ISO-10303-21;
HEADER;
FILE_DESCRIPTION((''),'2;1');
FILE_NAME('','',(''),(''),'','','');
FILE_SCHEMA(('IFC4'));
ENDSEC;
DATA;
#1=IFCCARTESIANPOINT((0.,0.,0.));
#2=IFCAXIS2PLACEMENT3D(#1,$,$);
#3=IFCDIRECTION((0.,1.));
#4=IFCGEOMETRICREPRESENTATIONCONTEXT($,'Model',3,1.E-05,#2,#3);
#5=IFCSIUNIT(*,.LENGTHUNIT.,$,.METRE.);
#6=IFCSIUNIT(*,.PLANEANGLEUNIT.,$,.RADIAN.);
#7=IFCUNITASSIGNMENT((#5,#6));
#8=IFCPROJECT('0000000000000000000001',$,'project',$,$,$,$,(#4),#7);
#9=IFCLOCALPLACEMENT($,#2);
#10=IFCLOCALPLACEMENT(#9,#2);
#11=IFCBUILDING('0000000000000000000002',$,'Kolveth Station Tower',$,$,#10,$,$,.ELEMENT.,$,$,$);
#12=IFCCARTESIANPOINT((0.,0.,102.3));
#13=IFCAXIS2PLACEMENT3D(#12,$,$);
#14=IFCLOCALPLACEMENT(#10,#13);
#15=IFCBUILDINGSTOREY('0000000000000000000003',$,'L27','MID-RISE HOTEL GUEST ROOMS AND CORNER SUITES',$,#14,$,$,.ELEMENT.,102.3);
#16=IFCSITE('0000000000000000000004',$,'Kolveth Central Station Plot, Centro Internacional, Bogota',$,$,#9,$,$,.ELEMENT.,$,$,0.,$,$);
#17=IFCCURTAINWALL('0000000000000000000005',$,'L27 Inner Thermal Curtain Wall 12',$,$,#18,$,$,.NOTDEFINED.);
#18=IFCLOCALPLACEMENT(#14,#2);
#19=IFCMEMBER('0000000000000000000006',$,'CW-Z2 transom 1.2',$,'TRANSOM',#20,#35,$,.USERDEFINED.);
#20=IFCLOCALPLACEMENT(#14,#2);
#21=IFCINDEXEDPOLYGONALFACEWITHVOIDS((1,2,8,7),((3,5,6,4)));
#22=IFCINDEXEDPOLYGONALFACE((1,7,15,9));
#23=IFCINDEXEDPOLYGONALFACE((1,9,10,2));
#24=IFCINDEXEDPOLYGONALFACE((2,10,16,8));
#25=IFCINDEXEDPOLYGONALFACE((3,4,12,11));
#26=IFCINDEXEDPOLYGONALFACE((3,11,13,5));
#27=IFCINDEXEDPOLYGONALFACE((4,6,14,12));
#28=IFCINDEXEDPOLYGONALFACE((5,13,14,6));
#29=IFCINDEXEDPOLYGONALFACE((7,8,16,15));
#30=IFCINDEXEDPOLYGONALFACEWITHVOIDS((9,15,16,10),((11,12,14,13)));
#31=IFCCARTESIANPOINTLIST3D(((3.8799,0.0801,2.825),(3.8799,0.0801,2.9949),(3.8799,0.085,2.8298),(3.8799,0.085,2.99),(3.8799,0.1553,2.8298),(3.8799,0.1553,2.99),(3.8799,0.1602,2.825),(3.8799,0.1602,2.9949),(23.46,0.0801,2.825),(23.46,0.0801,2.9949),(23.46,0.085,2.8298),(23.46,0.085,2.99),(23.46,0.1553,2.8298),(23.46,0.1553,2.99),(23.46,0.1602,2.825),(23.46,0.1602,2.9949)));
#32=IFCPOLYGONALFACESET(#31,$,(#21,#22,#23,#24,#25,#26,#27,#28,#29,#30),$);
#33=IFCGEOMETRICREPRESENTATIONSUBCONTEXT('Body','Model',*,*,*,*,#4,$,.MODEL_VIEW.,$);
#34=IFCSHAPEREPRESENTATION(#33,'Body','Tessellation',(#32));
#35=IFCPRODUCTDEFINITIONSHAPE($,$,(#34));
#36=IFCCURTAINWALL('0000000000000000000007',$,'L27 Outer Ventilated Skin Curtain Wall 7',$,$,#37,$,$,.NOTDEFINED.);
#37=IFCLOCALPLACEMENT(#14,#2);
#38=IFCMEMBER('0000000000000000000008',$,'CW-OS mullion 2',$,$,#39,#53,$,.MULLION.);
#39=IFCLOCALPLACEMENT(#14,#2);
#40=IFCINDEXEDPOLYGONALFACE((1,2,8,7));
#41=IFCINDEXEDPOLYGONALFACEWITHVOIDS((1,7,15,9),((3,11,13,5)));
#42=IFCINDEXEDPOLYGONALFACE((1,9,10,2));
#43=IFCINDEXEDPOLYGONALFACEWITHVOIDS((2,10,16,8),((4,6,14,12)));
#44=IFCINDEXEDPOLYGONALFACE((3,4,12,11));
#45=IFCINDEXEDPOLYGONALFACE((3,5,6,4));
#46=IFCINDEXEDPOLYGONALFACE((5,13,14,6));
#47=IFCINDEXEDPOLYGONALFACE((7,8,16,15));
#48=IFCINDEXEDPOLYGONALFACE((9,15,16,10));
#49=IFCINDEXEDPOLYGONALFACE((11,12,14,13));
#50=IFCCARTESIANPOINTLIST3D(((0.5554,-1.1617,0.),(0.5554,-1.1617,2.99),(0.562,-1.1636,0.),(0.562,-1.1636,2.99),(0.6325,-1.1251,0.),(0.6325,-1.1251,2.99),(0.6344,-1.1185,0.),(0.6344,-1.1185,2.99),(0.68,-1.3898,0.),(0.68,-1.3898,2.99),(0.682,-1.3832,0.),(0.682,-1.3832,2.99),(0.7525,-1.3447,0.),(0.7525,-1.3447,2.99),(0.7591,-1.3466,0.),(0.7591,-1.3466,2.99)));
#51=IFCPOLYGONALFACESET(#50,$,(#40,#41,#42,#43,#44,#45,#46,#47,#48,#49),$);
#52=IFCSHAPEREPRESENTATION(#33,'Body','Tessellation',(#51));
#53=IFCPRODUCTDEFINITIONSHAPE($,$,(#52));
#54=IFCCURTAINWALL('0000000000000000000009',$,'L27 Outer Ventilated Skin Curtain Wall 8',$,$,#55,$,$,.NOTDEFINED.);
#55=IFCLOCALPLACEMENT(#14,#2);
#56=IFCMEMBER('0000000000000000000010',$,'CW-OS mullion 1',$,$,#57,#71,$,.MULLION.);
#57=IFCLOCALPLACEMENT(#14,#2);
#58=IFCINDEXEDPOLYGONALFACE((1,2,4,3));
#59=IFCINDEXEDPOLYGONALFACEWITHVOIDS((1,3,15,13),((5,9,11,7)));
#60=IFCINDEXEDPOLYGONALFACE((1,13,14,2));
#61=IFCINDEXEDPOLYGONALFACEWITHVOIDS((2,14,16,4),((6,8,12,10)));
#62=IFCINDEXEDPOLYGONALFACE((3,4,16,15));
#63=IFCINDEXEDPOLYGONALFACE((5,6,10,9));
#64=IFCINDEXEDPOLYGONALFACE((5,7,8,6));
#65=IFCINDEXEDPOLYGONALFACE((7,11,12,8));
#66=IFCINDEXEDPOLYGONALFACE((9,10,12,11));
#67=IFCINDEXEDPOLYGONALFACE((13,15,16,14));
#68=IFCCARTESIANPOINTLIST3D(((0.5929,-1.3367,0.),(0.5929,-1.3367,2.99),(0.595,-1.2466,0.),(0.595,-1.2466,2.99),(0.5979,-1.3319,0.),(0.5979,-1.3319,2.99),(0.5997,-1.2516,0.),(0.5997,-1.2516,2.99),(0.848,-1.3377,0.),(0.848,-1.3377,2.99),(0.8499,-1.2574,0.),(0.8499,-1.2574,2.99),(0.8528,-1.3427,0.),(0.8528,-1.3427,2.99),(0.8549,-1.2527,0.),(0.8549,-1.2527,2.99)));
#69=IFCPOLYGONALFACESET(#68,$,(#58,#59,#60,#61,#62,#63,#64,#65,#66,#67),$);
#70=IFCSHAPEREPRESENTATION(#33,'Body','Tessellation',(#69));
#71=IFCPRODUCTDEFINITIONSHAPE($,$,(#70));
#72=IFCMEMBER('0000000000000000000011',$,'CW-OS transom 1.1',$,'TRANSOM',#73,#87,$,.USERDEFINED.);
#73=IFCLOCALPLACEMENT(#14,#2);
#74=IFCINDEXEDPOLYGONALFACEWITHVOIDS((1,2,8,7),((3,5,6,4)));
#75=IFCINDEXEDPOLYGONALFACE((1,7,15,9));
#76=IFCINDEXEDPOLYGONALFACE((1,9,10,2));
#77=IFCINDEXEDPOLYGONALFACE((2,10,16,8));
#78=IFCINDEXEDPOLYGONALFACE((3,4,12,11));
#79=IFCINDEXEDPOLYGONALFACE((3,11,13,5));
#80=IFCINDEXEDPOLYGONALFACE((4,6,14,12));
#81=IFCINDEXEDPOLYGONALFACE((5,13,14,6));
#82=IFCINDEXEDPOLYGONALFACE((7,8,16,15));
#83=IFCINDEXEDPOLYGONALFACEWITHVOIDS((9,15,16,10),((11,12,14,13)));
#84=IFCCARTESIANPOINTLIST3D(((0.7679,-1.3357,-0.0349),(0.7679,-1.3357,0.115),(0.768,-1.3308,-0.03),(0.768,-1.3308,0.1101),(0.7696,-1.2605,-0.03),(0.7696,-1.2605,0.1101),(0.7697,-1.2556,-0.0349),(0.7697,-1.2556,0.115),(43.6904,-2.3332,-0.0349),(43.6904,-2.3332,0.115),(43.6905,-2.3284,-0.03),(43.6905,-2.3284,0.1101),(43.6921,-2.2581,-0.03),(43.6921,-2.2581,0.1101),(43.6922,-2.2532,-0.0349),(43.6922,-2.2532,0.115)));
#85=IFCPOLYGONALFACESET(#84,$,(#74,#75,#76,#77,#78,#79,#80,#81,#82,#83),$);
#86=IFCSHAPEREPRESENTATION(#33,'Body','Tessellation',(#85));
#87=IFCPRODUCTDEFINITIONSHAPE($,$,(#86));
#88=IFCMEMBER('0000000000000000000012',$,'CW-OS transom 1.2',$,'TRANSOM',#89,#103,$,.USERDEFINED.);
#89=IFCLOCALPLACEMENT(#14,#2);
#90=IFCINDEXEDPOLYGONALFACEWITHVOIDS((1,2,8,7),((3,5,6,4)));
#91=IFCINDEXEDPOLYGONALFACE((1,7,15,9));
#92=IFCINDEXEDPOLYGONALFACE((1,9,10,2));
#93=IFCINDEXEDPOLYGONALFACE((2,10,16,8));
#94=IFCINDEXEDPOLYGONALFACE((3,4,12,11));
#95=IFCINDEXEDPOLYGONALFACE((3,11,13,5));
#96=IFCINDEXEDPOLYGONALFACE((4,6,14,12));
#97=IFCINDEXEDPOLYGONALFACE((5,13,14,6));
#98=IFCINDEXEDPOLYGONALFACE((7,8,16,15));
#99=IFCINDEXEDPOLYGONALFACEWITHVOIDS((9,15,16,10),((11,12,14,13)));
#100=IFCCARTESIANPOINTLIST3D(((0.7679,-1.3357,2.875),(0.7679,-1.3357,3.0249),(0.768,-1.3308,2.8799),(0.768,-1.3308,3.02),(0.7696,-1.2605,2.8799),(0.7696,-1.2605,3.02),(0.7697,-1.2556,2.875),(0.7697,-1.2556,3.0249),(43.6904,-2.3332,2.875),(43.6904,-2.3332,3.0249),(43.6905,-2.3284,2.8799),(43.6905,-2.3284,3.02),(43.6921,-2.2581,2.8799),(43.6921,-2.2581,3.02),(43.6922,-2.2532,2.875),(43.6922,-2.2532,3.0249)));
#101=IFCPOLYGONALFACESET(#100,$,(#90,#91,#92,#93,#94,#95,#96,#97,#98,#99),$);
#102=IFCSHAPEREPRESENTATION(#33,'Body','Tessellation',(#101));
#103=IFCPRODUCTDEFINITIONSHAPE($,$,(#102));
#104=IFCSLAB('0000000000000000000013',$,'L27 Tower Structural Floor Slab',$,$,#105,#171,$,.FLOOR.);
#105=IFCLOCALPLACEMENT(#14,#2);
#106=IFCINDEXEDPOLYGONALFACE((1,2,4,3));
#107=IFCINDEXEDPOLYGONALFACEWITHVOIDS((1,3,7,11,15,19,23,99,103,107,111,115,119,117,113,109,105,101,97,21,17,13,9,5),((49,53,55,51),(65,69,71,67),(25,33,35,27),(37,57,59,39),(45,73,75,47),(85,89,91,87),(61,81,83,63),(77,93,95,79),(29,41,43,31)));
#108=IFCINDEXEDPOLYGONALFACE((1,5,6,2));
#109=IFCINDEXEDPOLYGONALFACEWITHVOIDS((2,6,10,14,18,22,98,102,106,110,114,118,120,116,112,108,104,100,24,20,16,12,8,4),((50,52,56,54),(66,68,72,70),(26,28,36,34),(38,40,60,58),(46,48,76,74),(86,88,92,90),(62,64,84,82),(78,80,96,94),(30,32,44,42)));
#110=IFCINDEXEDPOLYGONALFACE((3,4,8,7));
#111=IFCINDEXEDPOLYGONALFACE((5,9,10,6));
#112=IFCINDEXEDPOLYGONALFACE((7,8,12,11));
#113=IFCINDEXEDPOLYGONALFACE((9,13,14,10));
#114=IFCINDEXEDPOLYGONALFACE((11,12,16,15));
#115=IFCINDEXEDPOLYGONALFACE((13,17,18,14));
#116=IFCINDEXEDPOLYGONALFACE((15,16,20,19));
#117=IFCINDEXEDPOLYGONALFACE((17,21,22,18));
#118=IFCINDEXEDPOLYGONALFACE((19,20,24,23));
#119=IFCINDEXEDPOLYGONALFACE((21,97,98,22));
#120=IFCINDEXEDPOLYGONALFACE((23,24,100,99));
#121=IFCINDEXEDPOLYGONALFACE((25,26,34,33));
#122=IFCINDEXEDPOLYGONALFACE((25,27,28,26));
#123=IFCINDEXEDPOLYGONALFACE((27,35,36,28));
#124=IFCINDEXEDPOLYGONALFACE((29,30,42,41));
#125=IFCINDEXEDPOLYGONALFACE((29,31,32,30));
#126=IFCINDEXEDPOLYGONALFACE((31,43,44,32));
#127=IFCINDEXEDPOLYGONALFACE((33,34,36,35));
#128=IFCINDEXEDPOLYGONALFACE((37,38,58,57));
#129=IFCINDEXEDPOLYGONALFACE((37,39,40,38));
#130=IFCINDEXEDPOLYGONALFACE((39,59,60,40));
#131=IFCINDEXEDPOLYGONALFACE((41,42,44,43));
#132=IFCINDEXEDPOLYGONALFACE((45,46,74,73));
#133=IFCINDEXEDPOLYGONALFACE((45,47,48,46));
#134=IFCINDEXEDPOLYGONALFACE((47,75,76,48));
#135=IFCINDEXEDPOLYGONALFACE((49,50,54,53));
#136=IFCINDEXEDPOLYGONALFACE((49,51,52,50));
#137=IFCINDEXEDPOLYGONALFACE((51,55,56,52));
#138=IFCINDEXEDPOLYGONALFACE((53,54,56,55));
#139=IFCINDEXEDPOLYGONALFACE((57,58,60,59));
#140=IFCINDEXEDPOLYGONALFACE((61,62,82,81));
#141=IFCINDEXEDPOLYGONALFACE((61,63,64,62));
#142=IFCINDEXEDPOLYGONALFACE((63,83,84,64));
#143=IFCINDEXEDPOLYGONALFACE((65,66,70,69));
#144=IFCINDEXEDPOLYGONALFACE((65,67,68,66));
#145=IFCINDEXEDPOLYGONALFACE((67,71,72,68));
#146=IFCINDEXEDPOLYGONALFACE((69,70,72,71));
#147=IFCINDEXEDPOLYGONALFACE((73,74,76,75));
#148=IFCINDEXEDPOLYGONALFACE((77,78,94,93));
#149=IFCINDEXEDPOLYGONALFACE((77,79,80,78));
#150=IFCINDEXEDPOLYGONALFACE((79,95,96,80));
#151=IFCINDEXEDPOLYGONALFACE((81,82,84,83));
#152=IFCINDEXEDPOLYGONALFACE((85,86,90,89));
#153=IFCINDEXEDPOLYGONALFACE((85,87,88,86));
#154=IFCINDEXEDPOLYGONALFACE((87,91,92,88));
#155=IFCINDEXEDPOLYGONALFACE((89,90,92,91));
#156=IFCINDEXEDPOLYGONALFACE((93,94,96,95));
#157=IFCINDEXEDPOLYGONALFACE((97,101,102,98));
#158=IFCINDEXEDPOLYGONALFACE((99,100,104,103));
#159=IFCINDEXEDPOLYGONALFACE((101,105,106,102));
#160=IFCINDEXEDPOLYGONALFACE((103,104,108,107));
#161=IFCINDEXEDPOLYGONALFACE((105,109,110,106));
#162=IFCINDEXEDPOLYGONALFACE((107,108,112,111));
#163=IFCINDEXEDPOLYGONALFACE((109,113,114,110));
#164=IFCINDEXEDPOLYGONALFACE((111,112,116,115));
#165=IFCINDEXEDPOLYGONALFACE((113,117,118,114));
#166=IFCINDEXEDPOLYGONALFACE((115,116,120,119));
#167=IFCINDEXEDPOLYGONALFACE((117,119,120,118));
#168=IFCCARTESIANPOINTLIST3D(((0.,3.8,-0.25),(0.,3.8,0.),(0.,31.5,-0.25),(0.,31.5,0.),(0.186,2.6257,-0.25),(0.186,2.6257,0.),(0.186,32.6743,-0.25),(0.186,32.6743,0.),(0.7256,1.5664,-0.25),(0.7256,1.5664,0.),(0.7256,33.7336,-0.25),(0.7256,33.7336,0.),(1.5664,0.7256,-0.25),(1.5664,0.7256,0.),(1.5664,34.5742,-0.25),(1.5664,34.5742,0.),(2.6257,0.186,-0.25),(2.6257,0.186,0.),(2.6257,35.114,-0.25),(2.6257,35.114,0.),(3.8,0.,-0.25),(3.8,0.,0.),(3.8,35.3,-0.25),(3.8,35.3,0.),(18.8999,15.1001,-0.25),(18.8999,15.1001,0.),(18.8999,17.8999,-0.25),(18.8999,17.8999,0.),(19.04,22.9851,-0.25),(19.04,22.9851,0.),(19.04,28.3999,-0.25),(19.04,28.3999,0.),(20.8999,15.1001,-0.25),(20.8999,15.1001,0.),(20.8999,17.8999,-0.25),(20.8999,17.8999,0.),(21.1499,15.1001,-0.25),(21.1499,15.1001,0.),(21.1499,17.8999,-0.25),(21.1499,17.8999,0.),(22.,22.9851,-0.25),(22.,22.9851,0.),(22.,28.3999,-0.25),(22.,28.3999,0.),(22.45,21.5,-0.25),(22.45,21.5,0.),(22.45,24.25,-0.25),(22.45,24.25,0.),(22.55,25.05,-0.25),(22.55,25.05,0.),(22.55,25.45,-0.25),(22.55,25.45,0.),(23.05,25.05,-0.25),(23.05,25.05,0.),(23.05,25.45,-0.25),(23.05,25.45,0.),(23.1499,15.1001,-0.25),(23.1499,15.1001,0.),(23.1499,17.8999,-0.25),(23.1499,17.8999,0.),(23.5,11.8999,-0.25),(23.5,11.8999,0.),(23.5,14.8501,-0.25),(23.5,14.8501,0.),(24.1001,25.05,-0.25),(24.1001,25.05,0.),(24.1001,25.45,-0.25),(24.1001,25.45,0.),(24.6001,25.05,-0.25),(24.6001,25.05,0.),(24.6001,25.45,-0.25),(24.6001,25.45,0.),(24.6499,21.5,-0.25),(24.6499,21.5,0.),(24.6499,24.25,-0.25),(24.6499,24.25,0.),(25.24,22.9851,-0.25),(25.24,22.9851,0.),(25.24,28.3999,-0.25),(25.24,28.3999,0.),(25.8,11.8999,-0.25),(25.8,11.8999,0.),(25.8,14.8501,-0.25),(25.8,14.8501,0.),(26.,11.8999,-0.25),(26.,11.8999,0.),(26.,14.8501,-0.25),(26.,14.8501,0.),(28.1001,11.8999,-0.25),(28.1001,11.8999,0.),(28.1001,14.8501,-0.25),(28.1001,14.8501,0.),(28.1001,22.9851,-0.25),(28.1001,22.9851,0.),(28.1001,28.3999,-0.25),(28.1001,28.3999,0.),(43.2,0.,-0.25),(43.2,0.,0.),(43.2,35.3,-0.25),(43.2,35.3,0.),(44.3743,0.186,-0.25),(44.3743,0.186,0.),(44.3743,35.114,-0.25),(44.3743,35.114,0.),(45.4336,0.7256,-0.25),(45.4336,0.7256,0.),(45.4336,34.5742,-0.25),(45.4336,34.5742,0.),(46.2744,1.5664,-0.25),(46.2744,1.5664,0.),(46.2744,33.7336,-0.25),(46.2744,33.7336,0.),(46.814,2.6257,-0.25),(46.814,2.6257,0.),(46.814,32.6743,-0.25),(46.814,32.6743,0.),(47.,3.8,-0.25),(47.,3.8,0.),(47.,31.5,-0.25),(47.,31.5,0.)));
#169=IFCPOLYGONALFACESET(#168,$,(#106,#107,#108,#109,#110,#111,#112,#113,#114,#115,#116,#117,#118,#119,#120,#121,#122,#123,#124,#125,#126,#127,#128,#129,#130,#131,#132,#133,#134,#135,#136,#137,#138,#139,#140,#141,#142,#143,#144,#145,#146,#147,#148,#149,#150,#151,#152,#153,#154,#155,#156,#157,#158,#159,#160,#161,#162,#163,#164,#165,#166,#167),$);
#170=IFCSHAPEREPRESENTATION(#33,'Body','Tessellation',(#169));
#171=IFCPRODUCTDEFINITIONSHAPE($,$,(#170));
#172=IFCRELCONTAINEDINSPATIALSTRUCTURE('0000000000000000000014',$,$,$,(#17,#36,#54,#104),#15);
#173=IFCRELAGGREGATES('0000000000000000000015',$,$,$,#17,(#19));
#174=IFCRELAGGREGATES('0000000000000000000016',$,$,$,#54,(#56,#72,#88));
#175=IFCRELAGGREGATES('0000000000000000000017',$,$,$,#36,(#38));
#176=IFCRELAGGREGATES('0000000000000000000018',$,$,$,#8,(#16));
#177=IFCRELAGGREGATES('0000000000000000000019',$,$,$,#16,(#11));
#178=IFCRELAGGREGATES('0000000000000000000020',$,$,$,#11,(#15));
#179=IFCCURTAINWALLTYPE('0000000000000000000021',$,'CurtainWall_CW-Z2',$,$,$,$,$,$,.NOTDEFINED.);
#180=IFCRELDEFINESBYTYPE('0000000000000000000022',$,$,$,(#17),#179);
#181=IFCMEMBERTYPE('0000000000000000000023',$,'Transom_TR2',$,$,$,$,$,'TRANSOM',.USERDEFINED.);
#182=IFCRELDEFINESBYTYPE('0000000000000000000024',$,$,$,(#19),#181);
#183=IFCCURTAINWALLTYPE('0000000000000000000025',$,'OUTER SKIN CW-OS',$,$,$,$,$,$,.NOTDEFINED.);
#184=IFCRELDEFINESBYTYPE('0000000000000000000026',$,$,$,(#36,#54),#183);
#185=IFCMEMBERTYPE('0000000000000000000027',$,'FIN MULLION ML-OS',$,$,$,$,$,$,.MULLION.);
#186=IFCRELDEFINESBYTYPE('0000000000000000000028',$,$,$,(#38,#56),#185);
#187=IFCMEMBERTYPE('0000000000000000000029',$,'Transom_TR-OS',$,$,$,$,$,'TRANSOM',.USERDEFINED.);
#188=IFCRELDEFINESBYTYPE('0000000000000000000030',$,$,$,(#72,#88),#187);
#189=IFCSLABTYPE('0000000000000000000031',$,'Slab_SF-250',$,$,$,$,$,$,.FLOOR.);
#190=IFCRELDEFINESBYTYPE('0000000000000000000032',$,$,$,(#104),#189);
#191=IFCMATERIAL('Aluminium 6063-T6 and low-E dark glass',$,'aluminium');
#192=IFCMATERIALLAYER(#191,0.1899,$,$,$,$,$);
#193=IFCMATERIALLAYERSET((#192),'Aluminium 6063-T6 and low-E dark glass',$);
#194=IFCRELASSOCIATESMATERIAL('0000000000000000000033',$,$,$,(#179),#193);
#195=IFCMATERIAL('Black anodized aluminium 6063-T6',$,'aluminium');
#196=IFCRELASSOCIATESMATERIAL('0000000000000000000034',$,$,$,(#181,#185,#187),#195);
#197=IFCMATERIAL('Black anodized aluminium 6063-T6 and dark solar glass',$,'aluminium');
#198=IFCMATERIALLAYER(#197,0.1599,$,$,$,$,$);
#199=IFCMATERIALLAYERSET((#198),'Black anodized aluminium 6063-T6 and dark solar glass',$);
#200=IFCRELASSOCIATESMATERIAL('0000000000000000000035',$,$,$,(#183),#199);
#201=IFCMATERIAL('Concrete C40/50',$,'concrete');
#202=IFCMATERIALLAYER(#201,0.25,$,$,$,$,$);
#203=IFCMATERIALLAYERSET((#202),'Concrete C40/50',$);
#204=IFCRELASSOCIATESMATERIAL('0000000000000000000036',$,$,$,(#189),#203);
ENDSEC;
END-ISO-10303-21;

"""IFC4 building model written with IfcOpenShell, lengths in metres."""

from ifc_helpers import new_model, si_unit, direction, frame, origin, origin_2d, place, context, subcontext, project, spatial, polyline, hollow_rectangle, outline, extrude, source, transform, mapped, material, layer, layer_set, material_profile, profile_set, type_object, element, aggregate, save


model = new_model("IFC4")

# Units and contexts
model_context = context("Model", 3, precision=1e-05, world=origin(), true_north=direction((0.0, 1.0)))
body_context = subcontext(model_context, "Body", "Model", "MODEL_VIEW")
ifc_project = project(units=[si_unit("LENGTHUNIT", "METRE"), si_unit("PLANEANGLEUNIT", "RADIAN")], contexts=[model_context])

# Site, building, storey
site_placement = place(None, origin())
site = spatial("IfcSite", under=ifc_project, at=site_placement, Name="Kolveth Central Station Plot, Centro Internacional, Bogota", CompositionType="ELEMENT", RefElevation=0.0)
building_placement = place(site_placement, origin())
building = spatial("IfcBuilding", under=site, at=building_placement, Name="Kolveth Station Tower", CompositionType="ELEMENT")
storey_placement = place(building_placement, frame((0.0, 0.0, 102.3)))
storey = spatial("IfcBuildingStorey", under=building, at=storey_placement, Name="L27", Description="MID-RISE HOTEL GUEST ROOMS AND CORNER SUITES", CompositionType="ELEMENT", Elevation=102.3)

# Shared definitions
ifc_material_1 = material(Name="Aluminium 6063-T6 and low-E dark glass", Category="aluminium")
ifc_layer_1 = layer(ifc_material_1, 0.1899)
ifc_layer_set_1 = layer_set([ifc_layer_1], Name="Aluminium 6063-T6 and low-E dark glass")
curtain_wall_type_1 = type_object("IfcCurtainWallType", Name="CurtainWall_CW-Z2", PredefinedType="NOTDEFINED", material=ifc_layer_set_1)
ifc_material_2 = material(Name="Black anodized aluminium 6063-T6", Category="aluminium")

# Curtain wall
curtain_wall_1_placement = place(storey_placement, origin())
curtain_wall_1 = element("IfcCurtainWall", 1, at=curtain_wall_1_placement, inside=storey, type_object=curtain_wall_type_1, Name="L27 Inner Thermal Curtain Wall 12", PredefinedType="NOTDEFINED")

# Member
ifc_material_profile_1 = material_profile(ifc_material_2, hollow_rectangle(XDim=0.0801, YDim=0.1699, WallThickness=0.0049, at=origin_2d()), Name="ALU-80x170x5")
ifc_profile_set_1 = profile_set([ifc_material_profile_1], Name="Black anodized aluminium 6063-T6")
member_type_1 = type_object("IfcMemberType", Name="Transom_TR2", ElementType="TRANSOM", PredefinedType="USERDEFINED", material=ifc_profile_set_1)
shared_shape_1 = source(origin(), body_context, "Body", "SweptSolid", [
    extrude(hollow_rectangle(XDim=0.0801, YDim=0.1699, WallThickness=0.0049, at=origin_2d()), origin(), (0.0, 0.0, 1.0), 19.5801),
])
member_1_placement = place(storey_placement, frame((3.8799, 0.1201, 2.9099), z_axis=(1.0, 0.0, 0.0), x_axis=(0.0, 1.0, 0.0)))
member_1 = element("IfcMember", 2, at=member_1_placement, type_object=member_type_1, Name="CW-Z2 transom 1.2", ObjectType="TRANSOM", PredefinedType="USERDEFINED", context=body_context, shape_type="MappedRepresentation", body=[
    mapped(shared_shape_1, transform((0.0, 0.0, 0.0), x_axis=(1.0, 0.0, 0.0), y_axis=(0.0, 1.0, 0.0), z_axis=(0.0, 0.0, 1.0), scale=1.0)),
])
aggregate(curtain_wall_1, [member_1])

# Curtain wall, member
ifc_material_3 = material(Name="Black anodized aluminium 6063-T6 and dark solar glass", Category="aluminium")
ifc_layer_2 = layer(ifc_material_3, 0.1599)
ifc_layer_set_2 = layer_set([ifc_layer_2], Name="Black anodized aluminium 6063-T6 and dark solar glass")
curtain_wall_type_2 = type_object("IfcCurtainWallType", Name="OUTER SKIN CW-OS", PredefinedType="NOTDEFINED", material=ifc_layer_set_2)
curtain_wall_2_placement = place(storey_placement, origin())
curtain_wall_2 = element("IfcCurtainWall", 3, at=curtain_wall_2_placement, inside=storey, type_object=curtain_wall_type_2, Name="L27 Outer Ventilated Skin Curtain Wall 7", PredefinedType="NOTDEFINED")
ifc_material_profile_2 = material_profile(ifc_material_2, hollow_rectangle(XDim=0.0901, YDim=0.26, WallThickness=0.0049, at=origin_2d()), Name="ALU-90x260x5")
ifc_profile_set_2 = profile_set([ifc_material_profile_2], Name="Black anodized aluminium 6063-T6")
member_type_2 = type_object("IfcMemberType", Name="FIN MULLION ML-OS", PredefinedType="MULLION", material=ifc_profile_set_2)
shared_shape_2 = source(origin(), body_context, "Body", "SweptSolid", [
    extrude(hollow_rectangle(XDim=0.0901, YDim=0.26, WallThickness=0.0049, at=origin_2d()), origin(), (0.0, 0.0, 1.0), 2.99),
])
member_2_placement = place(storey_placement, frame((0.6572, -1.2542, 0.0), z_axis=(0.0, 0.0, 1.0), x_axis=(0.877542, 0.4795, 0.0)))
member_2 = element("IfcMember", 4, at=member_2_placement, type_object=member_type_2, Name="CW-OS mullion 2", PredefinedType="MULLION", context=body_context, shape_type="MappedRepresentation", body=[
    mapped(shared_shape_2, transform((0.0, 0.0, 0.0), x_axis=(1.0, 0.0, 0.0), y_axis=(0.0, 1.0, 0.0), z_axis=(0.0, 0.0, 1.0), scale=1.0)),
])

# Curtain wall, members
curtain_wall_3_placement = place(storey_placement, origin())
curtain_wall_3 = element("IfcCurtainWall", 5, at=curtain_wall_3_placement, inside=storey, type_object=curtain_wall_type_2, Name="L27 Outer Ventilated Skin Curtain Wall 8", PredefinedType="NOTDEFINED")
member_3_placement = place(storey_placement, frame((0.7239, -1.2947, 0.0), z_axis=(0.0, 0.0, 1.0), x_axis=(0.023234, 0.99973, 0.0)))
member_3 = element("IfcMember", 6, at=member_3_placement, type_object=member_type_2, Name="CW-OS mullion 1", PredefinedType="MULLION", context=body_context, shape_type="MappedRepresentation", body=[
    mapped(shared_shape_2, transform((0.0, 0.0, 0.0), x_axis=(1.0, 0.0, 0.0), y_axis=(0.0, 1.0, 0.0), z_axis=(0.0, 0.0, 1.0), scale=1.0)),
])
ifc_material_profile_3 = material_profile(ifc_material_2, hollow_rectangle(XDim=0.0801, YDim=0.1499, WallThickness=0.0049, at=origin_2d()), Name="ALU-80x150x5")
ifc_profile_set_3 = profile_set([ifc_material_profile_3], Name="Black anodized aluminium 6063-T6")
member_type_3 = type_object("IfcMemberType", Name="Transom_TR-OS", ElementType="TRANSOM", PredefinedType="USERDEFINED", material=ifc_profile_set_3)
shared_shape_3 = source(origin(), body_context, "Body", "SweptSolid", [
    extrude(hollow_rectangle(XDim=0.0801, YDim=0.1499, WallThickness=0.0049, at=origin_2d()), origin(), (0.0, 0.0, 1.0), 42.9341),
])
member_4_placement = place(storey_placement, frame((0.7688, -1.2957, 0.04), z_axis=(0.99973, -0.023235, 0.0), x_axis=(0.023235, 0.99973, 0.0)))
member_4 = element("IfcMember", 7, at=member_4_placement, type_object=member_type_3, Name="CW-OS transom 1.1", ObjectType="TRANSOM", PredefinedType="USERDEFINED", context=body_context, shape_type="MappedRepresentation", body=[
    mapped(shared_shape_3, transform((0.0, 0.0, 0.0), x_axis=(1.0, 0.0, 0.0), y_axis=(0.0, 1.0, 0.0), z_axis=(0.0, 0.0, 1.0), scale=1.0)),
])
member_5_placement = place(storey_placement, frame((0.7688, -1.2957, 2.95), z_axis=(0.99973, -0.023235, 0.0), x_axis=(0.023235, 0.99973, 0.0)))
member_5 = element("IfcMember", 8, at=member_5_placement, type_object=member_type_3, Name="CW-OS transom 1.2", ObjectType="TRANSOM", PredefinedType="USERDEFINED", context=body_context, shape_type="MappedRepresentation", body=[
    mapped(shared_shape_3, transform((0.0, 0.0, 0.0), x_axis=(1.0, 0.0, 0.0), y_axis=(0.0, 1.0, 0.0), z_axis=(0.0, 0.0, 1.0), scale=1.0)),
])
aggregate(curtain_wall_3, [member_3, member_4, member_5])

# Slab
ifc_material_4 = material(Name="Concrete C40/50", Category="concrete")
ifc_layer_3 = layer(ifc_material_4, 0.25)
ifc_layer_set_3 = layer_set([ifc_layer_3], Name="Concrete C40/50")
slab_type_1 = type_object("IfcSlabType", Name="Slab_SF-250", PredefinedType="FLOOR", material=ifc_layer_set_3)
slab_1_placement = place(storey_placement, frame((0.0, 0.0, -0.25)))
element("IfcSlab", 9, at=slab_1_placement, inside=storey, type_object=slab_type_1, Name="L27 Tower Structural Floor Slab", PredefinedType="FLOOR", context=body_context, shape_type="SweptSolid", body=[
    extrude(outline(polyline([(43.2, 0.0), (44.3743, 0.186), (45.4336, 0.7256), (46.2744, 1.5664), (46.814, 2.6257), (47.0, 3.8), (47.0, 31.5), (46.814, 32.6743), (46.2744, 33.7336), (45.4336, 34.5742), (44.3743, 35.114), (43.2, 35.3), (3.8, 35.3), (2.6257, 35.114), (1.5664, 34.5742), (0.7256, 33.7336), (0.186, 32.6743), (0.0, 31.5), (0.0, 3.8), (0.186, 2.6257), (0.7256, 1.5664), (1.5664, 0.7256), (2.6257, 0.186), (3.8, 0.0), (43.2, 0.0)]), holes=[polyline([(19.04, 22.9851), (22.0, 22.9851), (22.0, 28.3999), (19.04, 28.3999), (19.04, 22.9851)]), polyline([(25.24, 22.9851), (28.1001, 22.9851), (28.1001, 28.3999), (25.24, 28.3999), (25.24, 22.9851)]), polyline([(18.8999, 15.1001), (20.8999, 15.1001), (20.8999, 17.8999), (18.8999, 17.8999), (18.8999, 15.1001)]), polyline([(21.1499, 15.1001), (23.1499, 15.1001), (23.1499, 17.8999), (21.1499, 17.8999), (21.1499, 15.1001)]), polyline([(22.45, 21.5), (24.6499, 21.5), (24.6499, 24.25), (22.45, 24.25), (22.45, 21.5)]), polyline([(23.5, 11.8999), (25.8, 11.8999), (25.8, 14.8501), (23.5, 14.8501), (23.5, 11.8999)]), polyline([(26.0, 11.8999), (28.1001, 11.8999), (28.1001, 14.8501), (26.0, 14.8501), (26.0, 11.8999)]), polyline([(22.55, 25.05), (23.05, 25.05), (23.05, 25.45), (22.55, 25.45), (22.55, 25.05)]), polyline([(24.1001, 25.05), (24.6001, 25.05), (24.6001, 25.45), (24.1001, 25.45), (24.1001, 25.05)])]), origin(), (0.0, 0.0, 1.0), 0.25),
])

aggregate(curtain_wall_2, [member_2])

save(model, "model.ifc")
